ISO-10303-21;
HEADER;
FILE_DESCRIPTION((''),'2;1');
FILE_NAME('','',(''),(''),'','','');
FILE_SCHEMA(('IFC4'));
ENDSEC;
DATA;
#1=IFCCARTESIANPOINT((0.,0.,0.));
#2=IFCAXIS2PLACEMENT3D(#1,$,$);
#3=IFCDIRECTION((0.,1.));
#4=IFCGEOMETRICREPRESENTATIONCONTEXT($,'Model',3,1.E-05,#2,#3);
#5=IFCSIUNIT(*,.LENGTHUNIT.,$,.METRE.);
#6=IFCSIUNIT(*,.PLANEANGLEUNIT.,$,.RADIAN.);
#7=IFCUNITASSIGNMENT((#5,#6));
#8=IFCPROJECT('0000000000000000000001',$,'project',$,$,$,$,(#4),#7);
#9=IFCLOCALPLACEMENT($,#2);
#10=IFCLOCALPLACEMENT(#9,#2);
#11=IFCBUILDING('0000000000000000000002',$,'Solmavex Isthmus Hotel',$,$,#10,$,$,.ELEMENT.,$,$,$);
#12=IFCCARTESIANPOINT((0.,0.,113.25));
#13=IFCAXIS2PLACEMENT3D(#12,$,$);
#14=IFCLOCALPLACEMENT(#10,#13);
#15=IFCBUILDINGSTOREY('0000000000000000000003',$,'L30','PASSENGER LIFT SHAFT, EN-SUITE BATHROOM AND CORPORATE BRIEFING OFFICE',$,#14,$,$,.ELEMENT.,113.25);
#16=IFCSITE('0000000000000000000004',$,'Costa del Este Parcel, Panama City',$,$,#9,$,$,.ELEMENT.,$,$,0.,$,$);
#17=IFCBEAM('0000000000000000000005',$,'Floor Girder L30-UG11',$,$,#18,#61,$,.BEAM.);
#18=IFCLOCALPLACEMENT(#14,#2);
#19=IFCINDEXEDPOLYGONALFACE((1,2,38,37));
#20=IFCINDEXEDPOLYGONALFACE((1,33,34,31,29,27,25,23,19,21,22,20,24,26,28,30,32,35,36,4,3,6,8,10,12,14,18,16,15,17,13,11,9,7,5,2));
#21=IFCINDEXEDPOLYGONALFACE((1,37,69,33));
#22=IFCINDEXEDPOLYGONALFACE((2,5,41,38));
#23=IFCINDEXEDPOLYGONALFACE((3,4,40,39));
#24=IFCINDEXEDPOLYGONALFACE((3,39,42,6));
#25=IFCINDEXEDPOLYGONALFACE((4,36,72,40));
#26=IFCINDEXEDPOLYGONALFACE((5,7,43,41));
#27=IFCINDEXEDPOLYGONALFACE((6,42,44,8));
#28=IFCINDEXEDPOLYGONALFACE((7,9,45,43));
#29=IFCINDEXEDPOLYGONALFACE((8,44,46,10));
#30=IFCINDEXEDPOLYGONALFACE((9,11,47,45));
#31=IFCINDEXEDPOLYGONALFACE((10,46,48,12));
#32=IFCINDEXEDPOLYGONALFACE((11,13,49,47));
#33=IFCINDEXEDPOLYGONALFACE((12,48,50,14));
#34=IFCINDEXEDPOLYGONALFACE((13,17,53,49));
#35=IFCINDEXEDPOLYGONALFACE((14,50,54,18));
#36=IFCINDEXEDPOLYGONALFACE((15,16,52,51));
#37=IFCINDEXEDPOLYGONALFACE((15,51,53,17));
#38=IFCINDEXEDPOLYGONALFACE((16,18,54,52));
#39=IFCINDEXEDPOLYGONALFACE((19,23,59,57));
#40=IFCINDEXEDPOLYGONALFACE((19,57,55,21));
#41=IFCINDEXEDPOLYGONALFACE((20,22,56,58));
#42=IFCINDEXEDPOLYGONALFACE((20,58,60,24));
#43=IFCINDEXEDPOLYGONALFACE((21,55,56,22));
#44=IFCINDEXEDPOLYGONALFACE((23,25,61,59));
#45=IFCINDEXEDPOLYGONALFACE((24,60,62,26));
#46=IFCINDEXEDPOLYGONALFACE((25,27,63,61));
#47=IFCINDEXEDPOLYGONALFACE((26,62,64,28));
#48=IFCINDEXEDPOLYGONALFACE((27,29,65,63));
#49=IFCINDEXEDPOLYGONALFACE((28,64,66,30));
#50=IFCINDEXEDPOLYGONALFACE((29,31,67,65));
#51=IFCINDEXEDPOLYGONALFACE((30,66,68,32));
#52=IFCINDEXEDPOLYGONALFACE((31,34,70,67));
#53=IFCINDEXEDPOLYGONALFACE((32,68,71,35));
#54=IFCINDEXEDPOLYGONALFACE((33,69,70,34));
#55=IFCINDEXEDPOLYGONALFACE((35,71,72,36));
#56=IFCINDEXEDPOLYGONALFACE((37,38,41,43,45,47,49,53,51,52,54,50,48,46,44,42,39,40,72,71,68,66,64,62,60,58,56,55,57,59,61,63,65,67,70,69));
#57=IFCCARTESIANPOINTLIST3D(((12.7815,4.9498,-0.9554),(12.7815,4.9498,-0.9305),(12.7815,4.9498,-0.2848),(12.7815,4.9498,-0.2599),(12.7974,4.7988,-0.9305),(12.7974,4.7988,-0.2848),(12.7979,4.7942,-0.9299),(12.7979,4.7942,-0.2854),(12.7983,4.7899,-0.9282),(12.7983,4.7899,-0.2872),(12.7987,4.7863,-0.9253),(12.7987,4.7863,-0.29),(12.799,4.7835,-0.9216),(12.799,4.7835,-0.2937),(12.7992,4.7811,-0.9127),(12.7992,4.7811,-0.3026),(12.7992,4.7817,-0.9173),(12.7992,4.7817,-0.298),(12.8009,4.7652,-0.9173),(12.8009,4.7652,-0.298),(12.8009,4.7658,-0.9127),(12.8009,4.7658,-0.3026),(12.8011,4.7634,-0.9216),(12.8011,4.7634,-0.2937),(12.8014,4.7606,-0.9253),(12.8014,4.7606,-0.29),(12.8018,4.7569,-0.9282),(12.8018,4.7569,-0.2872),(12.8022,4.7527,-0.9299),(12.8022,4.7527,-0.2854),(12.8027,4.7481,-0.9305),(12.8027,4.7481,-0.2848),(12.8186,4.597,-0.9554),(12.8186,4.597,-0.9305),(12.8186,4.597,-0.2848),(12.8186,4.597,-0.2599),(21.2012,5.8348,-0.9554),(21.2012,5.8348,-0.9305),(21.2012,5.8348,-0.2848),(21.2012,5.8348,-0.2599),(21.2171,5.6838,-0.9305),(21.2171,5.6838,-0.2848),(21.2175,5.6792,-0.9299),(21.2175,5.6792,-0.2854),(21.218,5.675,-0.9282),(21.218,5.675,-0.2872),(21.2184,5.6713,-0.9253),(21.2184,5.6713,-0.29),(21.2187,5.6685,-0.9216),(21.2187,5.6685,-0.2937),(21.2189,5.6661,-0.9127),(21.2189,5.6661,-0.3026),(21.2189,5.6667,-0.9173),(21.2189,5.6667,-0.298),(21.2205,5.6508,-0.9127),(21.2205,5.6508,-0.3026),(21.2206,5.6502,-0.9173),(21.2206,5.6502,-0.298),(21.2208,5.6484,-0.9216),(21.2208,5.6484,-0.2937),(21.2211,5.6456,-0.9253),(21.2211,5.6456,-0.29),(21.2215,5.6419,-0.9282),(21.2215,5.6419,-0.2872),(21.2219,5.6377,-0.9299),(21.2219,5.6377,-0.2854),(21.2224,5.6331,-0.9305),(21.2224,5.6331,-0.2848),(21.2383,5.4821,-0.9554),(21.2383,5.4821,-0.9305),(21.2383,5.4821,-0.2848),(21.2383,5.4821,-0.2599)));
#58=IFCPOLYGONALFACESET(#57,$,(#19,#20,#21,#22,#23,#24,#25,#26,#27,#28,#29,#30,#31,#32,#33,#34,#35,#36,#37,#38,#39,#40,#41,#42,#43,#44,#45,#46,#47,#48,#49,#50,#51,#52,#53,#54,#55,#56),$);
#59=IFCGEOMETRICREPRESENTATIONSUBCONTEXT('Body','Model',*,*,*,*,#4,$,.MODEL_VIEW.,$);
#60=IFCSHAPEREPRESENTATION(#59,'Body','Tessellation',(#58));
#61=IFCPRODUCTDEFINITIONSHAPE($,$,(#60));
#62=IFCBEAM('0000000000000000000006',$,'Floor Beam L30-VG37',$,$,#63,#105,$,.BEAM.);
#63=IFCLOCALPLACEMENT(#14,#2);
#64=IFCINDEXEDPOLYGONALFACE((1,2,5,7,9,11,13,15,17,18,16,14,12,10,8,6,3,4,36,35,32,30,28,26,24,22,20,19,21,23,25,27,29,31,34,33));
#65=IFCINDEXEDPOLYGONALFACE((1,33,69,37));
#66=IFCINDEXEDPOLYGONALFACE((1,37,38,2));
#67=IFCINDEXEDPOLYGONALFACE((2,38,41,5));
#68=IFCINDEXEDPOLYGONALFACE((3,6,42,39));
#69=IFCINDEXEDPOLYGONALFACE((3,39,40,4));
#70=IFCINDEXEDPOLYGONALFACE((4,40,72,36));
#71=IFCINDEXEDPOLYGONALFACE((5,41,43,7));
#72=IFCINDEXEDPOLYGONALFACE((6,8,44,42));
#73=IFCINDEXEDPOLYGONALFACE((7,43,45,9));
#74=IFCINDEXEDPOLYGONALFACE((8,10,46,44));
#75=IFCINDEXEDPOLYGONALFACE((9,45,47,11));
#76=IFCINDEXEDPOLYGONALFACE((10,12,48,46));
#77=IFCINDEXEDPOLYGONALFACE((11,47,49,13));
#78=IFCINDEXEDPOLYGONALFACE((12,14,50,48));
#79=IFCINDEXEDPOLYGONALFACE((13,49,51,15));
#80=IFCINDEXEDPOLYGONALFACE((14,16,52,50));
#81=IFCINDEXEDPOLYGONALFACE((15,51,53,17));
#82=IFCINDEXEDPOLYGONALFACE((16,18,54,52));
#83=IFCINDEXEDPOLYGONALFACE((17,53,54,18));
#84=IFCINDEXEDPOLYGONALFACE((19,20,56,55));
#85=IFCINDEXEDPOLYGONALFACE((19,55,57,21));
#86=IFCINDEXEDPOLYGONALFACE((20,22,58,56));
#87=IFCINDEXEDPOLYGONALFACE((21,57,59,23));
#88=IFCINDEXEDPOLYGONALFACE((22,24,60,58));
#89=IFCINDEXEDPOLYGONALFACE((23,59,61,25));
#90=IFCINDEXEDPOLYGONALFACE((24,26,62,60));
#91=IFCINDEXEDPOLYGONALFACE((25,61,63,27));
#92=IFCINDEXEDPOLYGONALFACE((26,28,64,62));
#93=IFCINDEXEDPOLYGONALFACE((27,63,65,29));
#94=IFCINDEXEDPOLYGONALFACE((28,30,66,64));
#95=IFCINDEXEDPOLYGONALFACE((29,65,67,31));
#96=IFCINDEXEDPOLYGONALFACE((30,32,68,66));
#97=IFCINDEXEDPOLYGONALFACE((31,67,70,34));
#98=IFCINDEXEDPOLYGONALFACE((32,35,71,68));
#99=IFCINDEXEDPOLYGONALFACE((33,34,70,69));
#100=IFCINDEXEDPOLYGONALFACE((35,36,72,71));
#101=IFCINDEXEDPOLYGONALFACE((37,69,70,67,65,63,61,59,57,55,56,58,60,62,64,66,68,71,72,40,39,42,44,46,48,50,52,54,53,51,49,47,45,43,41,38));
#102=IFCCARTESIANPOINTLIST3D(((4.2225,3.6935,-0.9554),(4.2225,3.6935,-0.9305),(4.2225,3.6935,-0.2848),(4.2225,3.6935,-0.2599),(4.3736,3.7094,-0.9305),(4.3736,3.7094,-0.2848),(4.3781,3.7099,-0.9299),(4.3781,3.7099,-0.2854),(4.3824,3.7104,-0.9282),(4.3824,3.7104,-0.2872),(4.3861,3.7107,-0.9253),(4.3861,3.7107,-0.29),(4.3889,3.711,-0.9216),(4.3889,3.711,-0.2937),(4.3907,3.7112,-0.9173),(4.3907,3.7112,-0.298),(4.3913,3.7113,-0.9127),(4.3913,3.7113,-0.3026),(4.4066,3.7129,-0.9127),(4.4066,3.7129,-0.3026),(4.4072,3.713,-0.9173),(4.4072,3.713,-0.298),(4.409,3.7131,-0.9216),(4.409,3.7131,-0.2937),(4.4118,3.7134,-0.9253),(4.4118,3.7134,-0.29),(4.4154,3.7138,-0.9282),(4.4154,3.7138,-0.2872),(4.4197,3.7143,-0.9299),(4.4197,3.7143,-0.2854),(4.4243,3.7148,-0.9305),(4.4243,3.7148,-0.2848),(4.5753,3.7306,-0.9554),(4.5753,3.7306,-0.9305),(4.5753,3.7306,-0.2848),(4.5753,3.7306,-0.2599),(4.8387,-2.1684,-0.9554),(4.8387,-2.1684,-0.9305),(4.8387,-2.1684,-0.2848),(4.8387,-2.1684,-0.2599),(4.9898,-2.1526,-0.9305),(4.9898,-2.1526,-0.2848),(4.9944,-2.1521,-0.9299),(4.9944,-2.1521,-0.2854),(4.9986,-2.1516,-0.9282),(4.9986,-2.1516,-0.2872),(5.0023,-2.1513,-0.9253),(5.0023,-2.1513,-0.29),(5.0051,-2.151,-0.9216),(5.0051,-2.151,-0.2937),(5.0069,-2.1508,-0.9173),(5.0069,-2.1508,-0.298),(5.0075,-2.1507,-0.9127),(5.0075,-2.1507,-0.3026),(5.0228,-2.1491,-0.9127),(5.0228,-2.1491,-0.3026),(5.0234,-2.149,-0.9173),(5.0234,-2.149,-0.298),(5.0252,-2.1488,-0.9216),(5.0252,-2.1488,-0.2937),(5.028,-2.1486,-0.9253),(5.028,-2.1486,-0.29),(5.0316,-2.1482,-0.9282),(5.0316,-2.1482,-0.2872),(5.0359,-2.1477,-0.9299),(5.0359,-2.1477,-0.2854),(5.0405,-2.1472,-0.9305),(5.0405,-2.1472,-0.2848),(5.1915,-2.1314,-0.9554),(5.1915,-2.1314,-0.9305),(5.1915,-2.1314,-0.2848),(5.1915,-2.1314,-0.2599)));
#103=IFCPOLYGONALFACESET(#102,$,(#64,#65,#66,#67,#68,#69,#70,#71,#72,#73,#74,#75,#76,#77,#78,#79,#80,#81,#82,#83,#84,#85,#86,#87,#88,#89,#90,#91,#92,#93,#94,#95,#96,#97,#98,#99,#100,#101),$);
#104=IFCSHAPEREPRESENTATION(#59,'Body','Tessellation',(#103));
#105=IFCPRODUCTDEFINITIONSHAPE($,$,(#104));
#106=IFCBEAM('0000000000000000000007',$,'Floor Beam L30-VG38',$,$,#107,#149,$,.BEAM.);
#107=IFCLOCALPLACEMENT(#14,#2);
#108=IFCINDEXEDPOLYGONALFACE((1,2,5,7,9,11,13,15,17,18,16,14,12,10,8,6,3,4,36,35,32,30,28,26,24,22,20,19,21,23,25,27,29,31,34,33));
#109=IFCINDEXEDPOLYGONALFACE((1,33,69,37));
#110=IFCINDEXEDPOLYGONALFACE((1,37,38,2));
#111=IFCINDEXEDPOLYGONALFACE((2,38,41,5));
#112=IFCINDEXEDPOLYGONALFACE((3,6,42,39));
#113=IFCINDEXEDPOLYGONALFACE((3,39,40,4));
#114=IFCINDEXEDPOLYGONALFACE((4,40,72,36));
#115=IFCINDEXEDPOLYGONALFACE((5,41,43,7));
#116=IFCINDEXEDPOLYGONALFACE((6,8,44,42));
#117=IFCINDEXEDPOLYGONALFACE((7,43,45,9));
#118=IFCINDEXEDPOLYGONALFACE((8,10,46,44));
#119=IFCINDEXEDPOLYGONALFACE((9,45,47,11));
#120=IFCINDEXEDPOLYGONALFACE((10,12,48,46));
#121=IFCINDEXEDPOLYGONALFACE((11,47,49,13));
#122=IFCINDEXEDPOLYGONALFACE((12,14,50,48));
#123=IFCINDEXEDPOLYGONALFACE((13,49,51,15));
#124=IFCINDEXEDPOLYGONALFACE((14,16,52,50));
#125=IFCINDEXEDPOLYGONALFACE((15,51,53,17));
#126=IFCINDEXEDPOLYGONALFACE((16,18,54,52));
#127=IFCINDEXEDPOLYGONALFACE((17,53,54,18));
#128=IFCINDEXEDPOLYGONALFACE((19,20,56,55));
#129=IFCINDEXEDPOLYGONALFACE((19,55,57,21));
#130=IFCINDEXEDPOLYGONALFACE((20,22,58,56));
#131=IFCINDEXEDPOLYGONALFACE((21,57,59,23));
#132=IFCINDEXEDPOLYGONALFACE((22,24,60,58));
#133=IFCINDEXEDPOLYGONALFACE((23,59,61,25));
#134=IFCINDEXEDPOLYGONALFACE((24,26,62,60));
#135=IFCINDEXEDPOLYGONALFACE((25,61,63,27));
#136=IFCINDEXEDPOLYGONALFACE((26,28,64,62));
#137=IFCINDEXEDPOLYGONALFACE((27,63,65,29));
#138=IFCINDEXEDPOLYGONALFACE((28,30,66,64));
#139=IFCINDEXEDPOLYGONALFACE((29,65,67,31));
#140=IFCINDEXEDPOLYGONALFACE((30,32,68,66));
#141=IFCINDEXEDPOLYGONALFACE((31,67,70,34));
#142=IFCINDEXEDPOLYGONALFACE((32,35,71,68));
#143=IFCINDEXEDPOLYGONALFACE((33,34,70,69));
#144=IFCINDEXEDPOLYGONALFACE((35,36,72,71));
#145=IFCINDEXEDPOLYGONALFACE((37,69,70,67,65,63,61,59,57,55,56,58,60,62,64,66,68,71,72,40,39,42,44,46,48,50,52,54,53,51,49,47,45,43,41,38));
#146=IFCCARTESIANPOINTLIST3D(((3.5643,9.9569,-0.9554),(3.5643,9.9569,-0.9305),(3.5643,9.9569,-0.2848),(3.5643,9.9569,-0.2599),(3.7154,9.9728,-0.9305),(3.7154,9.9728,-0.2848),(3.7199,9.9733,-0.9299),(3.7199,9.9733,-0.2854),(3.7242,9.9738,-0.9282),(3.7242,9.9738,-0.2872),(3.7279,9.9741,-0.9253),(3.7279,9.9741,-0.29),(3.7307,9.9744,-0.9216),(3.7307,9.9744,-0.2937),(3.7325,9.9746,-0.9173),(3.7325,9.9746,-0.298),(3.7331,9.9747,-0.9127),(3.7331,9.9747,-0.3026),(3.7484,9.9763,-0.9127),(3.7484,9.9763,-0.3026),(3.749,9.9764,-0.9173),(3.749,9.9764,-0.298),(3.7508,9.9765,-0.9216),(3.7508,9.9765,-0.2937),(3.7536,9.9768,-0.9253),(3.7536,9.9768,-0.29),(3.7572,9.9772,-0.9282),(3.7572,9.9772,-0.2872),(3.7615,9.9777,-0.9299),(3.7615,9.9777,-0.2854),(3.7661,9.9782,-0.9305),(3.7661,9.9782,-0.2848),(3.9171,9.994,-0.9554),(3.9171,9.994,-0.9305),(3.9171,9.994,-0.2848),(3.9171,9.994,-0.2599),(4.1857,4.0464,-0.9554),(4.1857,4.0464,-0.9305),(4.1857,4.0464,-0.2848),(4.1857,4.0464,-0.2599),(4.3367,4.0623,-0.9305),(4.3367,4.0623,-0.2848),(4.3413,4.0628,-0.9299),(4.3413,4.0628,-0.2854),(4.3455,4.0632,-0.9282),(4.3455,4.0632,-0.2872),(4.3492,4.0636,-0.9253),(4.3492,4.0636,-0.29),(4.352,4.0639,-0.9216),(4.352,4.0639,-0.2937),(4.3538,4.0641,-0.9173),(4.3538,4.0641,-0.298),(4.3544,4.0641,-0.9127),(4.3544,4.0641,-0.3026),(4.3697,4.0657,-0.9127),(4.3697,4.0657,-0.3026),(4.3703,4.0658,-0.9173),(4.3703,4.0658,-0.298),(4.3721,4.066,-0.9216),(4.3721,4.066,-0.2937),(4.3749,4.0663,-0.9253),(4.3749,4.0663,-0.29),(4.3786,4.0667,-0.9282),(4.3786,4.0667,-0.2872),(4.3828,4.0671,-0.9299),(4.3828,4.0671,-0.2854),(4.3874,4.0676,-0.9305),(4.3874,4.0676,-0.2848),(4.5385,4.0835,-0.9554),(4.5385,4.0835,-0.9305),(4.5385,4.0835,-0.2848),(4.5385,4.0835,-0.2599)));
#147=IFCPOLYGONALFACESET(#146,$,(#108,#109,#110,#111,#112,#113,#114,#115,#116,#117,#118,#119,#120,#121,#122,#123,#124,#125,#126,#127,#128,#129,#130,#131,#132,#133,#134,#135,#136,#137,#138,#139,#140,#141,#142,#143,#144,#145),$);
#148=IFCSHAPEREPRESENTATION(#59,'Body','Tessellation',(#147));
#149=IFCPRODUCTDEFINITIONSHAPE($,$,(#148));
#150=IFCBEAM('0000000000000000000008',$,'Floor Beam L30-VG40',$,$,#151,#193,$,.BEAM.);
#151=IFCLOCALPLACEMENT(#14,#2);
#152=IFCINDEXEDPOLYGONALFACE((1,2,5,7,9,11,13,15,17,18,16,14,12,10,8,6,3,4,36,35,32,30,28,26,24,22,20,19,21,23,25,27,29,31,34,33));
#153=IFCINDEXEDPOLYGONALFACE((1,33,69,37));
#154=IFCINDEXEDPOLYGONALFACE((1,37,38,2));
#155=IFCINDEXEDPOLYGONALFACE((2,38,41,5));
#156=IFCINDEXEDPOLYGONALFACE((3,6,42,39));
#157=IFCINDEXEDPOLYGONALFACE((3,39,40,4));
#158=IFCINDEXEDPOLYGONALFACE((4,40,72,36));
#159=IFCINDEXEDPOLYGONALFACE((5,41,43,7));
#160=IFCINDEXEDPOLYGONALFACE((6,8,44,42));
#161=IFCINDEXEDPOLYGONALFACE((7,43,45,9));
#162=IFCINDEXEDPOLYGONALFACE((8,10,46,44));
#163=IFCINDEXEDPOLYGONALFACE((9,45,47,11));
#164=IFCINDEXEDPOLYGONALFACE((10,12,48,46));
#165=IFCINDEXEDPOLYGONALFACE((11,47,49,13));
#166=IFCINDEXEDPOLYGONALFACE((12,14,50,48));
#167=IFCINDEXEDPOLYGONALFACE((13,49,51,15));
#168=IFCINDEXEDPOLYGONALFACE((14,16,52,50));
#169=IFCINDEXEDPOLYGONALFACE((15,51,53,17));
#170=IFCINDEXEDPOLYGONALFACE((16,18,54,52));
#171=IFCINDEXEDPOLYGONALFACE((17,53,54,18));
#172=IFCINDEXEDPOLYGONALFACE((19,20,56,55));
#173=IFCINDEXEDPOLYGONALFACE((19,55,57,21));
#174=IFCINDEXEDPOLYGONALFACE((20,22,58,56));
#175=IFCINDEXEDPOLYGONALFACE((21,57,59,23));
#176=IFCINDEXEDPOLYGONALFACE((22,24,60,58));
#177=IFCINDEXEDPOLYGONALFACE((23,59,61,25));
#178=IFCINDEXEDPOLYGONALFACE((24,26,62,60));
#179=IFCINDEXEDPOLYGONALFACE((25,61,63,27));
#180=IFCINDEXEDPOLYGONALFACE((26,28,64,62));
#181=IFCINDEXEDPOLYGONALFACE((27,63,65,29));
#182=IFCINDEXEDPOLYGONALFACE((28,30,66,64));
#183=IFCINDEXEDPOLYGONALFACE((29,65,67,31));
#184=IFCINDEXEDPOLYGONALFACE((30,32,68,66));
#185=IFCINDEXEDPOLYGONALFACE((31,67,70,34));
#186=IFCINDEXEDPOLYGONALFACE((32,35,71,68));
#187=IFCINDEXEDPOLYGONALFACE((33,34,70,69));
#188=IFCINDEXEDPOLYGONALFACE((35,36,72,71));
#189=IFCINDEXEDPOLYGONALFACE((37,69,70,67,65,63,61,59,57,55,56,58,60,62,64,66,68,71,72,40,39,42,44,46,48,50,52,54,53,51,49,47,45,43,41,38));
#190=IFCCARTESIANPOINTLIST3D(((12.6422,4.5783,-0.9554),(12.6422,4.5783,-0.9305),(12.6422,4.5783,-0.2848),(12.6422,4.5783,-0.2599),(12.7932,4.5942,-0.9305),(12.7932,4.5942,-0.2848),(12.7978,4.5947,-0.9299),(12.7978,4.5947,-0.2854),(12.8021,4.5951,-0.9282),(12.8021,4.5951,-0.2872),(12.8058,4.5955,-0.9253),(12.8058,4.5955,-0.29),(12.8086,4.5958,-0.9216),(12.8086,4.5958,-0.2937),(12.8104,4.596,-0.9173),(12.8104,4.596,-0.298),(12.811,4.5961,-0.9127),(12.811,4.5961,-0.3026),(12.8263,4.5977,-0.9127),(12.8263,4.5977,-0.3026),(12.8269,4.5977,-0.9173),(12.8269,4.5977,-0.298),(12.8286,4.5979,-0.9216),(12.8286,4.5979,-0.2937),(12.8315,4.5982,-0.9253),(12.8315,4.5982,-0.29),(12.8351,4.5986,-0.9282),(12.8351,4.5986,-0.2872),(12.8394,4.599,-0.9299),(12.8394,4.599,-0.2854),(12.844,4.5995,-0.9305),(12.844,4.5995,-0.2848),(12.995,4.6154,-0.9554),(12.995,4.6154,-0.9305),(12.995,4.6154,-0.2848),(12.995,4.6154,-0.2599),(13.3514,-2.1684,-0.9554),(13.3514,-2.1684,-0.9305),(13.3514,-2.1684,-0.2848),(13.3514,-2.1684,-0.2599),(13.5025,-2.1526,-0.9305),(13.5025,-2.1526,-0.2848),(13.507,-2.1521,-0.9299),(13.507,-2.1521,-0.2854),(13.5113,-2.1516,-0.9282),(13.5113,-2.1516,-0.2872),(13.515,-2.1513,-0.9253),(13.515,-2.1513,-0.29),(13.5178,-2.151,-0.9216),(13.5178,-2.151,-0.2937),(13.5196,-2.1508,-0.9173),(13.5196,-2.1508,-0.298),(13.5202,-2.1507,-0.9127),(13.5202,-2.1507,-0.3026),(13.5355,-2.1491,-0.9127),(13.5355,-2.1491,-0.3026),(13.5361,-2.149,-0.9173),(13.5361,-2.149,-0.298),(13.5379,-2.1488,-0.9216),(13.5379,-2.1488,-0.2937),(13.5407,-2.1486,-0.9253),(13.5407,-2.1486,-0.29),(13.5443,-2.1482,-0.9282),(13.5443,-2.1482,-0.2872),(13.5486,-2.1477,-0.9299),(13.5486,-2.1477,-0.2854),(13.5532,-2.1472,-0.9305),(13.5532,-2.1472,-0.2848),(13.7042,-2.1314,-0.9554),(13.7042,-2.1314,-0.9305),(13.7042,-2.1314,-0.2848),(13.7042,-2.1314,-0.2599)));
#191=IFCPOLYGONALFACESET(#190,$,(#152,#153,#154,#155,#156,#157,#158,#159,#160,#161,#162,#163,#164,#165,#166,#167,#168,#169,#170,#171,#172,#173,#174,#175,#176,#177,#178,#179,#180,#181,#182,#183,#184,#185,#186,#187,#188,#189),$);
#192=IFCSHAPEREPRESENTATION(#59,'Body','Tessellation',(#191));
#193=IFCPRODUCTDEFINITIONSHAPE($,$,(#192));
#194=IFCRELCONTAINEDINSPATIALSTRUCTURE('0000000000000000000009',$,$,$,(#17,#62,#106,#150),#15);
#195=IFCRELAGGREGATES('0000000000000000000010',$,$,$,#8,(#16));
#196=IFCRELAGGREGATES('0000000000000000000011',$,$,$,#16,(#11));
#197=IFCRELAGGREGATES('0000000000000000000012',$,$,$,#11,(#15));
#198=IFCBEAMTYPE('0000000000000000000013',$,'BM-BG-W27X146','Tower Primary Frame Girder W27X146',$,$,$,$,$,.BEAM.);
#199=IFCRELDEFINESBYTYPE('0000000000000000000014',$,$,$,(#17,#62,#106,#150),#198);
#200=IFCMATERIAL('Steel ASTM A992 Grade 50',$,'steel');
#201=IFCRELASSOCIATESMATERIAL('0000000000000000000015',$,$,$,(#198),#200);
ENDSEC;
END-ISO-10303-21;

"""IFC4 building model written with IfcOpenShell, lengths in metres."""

from ifc_helpers import new_model, si_unit, direction, frame, origin, origin_2d, place, context, subcontext, project, spatial, i_section, extrude, material, material_profile, profile_set, type_object, element, save


model = new_model("IFC4")

# Units and contexts
model_context = context("Model", 3, precision=1e-05, world=origin(), true_north=direction((0.0, 1.0)))
body_context = subcontext(model_context, "Body", "Model", "MODEL_VIEW")
ifc_project = project(units=[si_unit("LENGTHUNIT", "METRE"), si_unit("PLANEANGLEUNIT", "RADIAN")], contexts=[model_context])

# Site, building, storey
site_placement = place(None, origin())
site = spatial("IfcSite", under=ifc_project, at=site_placement, Name="Costa del Este Parcel, Panama City", CompositionType="ELEMENT", RefElevation=0.0)
building_placement = place(site_placement, origin())
building = spatial("IfcBuilding", under=site, at=building_placement, Name="Solmavex Isthmus Hotel", CompositionType="ELEMENT")
storey_placement = place(building_placement, frame((0.0, 0.0, 113.25)))
storey = spatial("IfcBuildingStorey", under=building, at=storey_placement, Name="L30", Description="PASSENGER LIFT SHAFT, EN-SUITE BATHROOM AND CORPORATE BRIEFING OFFICE", CompositionType="ELEMENT", Elevation=113.25)

# Beams
ifc_material_1 = material(Name="Steel ASTM A992 Grade 50", Category="steel")
ifc_material_profile_1 = material_profile(ifc_material_1, i_section(OverallWidth=0.3547, OverallDepth=0.6956, WebThickness=0.0154, FlangeThickness=0.0249, FilletRadius=0.0178, at=origin_2d()), Name="W27X146")
ifc_profile_set_1 = profile_set([ifc_material_profile_1], Name="Steel ASTM A992 Grade 50")
beam_type_1 = type_object("IfcBeamType", Name="BM-BG-W27X146", Description="Tower Primary Frame Girder W27X146", PredefinedType="BEAM", material=ifc_profile_set_1)
for number, where, z_axis, x_axis, name in (
    (1, (12.8, 4.7734, -0.6077), (0.994521, 0.104536, 0.0), (-0.104536, 0.994521, 0.0), "Floor Girder L30-UG11"),
):
    element("IfcBeam", number, at=place(storey_placement, frame(where, z_axis=z_axis, x_axis=x_axis)), inside=storey, type_object=beam_type_1, Name=name, PredefinedType="BEAM", context=body_context, shape_type="SweptSolid", body=[
        extrude(i_section(OverallWidth=0.3547, OverallDepth=0.6956, WebThickness=0.0154, FlangeThickness=0.0249, FilletRadius=0.0178, at=origin_2d()), origin(), (0.0, 0.0, 1.0), 8.4661),
    ])
beam_1_placement = place(storey_placement, frame((5.0151, -2.1499, -0.6077), z_axis=(-0.104542, 0.99452, 0.0), x_axis=(-0.99452, -0.104542, 0.0)))
element("IfcBeam", 2, at=beam_1_placement, inside=storey, type_object=beam_type_1, Name="Floor Beam L30-VG37", PredefinedType="BEAM", context=body_context, shape_type="SweptSolid", body=[
    extrude(i_section(OverallWidth=0.3547, OverallDepth=0.6956, WebThickness=0.0154, FlangeThickness=0.0249, FilletRadius=0.0178, at=origin_2d()), origin(), (0.0, 0.0, 1.0), 5.8943),
])
beam_2_placement = place(storey_placement, frame((4.3621, 4.0649, -0.6077), z_axis=(-0.104546, 0.99452, 0.0), x_axis=(-0.99452, -0.104546, 0.0)))
element("IfcBeam", 3, at=beam_2_placement, inside=storey, type_object=beam_type_1, Name="Floor Beam L30-VG38", PredefinedType="BEAM", context=body_context, shape_type="SweptSolid", body=[
    extrude(i_section(OverallWidth=0.3547, OverallDepth=0.6956, WebThickness=0.0154, FlangeThickness=0.0249, FilletRadius=0.0178, at=origin_2d()), origin(), (0.0, 0.0, 1.0), 5.9431),
])
beam_3_placement = place(storey_placement, frame((13.5278, -2.1499, -0.6077), z_axis=(-0.104544, 0.99452, 0.0), x_axis=(-0.99452, -0.104544, 0.0)))
element("IfcBeam", 4, at=beam_3_placement, inside=storey, type_object=beam_type_1, Name="Floor Beam L30-VG40", PredefinedType="BEAM", context=body_context, shape_type="SweptSolid", body=[
    extrude(i_section(OverallWidth=0.3547, OverallDepth=0.6956, WebThickness=0.0154, FlangeThickness=0.0249, FilletRadius=0.0178, at=origin_2d()), origin(), (0.0, 0.0, 1.0), 6.7839),
])

save(model, "model.ifc")
